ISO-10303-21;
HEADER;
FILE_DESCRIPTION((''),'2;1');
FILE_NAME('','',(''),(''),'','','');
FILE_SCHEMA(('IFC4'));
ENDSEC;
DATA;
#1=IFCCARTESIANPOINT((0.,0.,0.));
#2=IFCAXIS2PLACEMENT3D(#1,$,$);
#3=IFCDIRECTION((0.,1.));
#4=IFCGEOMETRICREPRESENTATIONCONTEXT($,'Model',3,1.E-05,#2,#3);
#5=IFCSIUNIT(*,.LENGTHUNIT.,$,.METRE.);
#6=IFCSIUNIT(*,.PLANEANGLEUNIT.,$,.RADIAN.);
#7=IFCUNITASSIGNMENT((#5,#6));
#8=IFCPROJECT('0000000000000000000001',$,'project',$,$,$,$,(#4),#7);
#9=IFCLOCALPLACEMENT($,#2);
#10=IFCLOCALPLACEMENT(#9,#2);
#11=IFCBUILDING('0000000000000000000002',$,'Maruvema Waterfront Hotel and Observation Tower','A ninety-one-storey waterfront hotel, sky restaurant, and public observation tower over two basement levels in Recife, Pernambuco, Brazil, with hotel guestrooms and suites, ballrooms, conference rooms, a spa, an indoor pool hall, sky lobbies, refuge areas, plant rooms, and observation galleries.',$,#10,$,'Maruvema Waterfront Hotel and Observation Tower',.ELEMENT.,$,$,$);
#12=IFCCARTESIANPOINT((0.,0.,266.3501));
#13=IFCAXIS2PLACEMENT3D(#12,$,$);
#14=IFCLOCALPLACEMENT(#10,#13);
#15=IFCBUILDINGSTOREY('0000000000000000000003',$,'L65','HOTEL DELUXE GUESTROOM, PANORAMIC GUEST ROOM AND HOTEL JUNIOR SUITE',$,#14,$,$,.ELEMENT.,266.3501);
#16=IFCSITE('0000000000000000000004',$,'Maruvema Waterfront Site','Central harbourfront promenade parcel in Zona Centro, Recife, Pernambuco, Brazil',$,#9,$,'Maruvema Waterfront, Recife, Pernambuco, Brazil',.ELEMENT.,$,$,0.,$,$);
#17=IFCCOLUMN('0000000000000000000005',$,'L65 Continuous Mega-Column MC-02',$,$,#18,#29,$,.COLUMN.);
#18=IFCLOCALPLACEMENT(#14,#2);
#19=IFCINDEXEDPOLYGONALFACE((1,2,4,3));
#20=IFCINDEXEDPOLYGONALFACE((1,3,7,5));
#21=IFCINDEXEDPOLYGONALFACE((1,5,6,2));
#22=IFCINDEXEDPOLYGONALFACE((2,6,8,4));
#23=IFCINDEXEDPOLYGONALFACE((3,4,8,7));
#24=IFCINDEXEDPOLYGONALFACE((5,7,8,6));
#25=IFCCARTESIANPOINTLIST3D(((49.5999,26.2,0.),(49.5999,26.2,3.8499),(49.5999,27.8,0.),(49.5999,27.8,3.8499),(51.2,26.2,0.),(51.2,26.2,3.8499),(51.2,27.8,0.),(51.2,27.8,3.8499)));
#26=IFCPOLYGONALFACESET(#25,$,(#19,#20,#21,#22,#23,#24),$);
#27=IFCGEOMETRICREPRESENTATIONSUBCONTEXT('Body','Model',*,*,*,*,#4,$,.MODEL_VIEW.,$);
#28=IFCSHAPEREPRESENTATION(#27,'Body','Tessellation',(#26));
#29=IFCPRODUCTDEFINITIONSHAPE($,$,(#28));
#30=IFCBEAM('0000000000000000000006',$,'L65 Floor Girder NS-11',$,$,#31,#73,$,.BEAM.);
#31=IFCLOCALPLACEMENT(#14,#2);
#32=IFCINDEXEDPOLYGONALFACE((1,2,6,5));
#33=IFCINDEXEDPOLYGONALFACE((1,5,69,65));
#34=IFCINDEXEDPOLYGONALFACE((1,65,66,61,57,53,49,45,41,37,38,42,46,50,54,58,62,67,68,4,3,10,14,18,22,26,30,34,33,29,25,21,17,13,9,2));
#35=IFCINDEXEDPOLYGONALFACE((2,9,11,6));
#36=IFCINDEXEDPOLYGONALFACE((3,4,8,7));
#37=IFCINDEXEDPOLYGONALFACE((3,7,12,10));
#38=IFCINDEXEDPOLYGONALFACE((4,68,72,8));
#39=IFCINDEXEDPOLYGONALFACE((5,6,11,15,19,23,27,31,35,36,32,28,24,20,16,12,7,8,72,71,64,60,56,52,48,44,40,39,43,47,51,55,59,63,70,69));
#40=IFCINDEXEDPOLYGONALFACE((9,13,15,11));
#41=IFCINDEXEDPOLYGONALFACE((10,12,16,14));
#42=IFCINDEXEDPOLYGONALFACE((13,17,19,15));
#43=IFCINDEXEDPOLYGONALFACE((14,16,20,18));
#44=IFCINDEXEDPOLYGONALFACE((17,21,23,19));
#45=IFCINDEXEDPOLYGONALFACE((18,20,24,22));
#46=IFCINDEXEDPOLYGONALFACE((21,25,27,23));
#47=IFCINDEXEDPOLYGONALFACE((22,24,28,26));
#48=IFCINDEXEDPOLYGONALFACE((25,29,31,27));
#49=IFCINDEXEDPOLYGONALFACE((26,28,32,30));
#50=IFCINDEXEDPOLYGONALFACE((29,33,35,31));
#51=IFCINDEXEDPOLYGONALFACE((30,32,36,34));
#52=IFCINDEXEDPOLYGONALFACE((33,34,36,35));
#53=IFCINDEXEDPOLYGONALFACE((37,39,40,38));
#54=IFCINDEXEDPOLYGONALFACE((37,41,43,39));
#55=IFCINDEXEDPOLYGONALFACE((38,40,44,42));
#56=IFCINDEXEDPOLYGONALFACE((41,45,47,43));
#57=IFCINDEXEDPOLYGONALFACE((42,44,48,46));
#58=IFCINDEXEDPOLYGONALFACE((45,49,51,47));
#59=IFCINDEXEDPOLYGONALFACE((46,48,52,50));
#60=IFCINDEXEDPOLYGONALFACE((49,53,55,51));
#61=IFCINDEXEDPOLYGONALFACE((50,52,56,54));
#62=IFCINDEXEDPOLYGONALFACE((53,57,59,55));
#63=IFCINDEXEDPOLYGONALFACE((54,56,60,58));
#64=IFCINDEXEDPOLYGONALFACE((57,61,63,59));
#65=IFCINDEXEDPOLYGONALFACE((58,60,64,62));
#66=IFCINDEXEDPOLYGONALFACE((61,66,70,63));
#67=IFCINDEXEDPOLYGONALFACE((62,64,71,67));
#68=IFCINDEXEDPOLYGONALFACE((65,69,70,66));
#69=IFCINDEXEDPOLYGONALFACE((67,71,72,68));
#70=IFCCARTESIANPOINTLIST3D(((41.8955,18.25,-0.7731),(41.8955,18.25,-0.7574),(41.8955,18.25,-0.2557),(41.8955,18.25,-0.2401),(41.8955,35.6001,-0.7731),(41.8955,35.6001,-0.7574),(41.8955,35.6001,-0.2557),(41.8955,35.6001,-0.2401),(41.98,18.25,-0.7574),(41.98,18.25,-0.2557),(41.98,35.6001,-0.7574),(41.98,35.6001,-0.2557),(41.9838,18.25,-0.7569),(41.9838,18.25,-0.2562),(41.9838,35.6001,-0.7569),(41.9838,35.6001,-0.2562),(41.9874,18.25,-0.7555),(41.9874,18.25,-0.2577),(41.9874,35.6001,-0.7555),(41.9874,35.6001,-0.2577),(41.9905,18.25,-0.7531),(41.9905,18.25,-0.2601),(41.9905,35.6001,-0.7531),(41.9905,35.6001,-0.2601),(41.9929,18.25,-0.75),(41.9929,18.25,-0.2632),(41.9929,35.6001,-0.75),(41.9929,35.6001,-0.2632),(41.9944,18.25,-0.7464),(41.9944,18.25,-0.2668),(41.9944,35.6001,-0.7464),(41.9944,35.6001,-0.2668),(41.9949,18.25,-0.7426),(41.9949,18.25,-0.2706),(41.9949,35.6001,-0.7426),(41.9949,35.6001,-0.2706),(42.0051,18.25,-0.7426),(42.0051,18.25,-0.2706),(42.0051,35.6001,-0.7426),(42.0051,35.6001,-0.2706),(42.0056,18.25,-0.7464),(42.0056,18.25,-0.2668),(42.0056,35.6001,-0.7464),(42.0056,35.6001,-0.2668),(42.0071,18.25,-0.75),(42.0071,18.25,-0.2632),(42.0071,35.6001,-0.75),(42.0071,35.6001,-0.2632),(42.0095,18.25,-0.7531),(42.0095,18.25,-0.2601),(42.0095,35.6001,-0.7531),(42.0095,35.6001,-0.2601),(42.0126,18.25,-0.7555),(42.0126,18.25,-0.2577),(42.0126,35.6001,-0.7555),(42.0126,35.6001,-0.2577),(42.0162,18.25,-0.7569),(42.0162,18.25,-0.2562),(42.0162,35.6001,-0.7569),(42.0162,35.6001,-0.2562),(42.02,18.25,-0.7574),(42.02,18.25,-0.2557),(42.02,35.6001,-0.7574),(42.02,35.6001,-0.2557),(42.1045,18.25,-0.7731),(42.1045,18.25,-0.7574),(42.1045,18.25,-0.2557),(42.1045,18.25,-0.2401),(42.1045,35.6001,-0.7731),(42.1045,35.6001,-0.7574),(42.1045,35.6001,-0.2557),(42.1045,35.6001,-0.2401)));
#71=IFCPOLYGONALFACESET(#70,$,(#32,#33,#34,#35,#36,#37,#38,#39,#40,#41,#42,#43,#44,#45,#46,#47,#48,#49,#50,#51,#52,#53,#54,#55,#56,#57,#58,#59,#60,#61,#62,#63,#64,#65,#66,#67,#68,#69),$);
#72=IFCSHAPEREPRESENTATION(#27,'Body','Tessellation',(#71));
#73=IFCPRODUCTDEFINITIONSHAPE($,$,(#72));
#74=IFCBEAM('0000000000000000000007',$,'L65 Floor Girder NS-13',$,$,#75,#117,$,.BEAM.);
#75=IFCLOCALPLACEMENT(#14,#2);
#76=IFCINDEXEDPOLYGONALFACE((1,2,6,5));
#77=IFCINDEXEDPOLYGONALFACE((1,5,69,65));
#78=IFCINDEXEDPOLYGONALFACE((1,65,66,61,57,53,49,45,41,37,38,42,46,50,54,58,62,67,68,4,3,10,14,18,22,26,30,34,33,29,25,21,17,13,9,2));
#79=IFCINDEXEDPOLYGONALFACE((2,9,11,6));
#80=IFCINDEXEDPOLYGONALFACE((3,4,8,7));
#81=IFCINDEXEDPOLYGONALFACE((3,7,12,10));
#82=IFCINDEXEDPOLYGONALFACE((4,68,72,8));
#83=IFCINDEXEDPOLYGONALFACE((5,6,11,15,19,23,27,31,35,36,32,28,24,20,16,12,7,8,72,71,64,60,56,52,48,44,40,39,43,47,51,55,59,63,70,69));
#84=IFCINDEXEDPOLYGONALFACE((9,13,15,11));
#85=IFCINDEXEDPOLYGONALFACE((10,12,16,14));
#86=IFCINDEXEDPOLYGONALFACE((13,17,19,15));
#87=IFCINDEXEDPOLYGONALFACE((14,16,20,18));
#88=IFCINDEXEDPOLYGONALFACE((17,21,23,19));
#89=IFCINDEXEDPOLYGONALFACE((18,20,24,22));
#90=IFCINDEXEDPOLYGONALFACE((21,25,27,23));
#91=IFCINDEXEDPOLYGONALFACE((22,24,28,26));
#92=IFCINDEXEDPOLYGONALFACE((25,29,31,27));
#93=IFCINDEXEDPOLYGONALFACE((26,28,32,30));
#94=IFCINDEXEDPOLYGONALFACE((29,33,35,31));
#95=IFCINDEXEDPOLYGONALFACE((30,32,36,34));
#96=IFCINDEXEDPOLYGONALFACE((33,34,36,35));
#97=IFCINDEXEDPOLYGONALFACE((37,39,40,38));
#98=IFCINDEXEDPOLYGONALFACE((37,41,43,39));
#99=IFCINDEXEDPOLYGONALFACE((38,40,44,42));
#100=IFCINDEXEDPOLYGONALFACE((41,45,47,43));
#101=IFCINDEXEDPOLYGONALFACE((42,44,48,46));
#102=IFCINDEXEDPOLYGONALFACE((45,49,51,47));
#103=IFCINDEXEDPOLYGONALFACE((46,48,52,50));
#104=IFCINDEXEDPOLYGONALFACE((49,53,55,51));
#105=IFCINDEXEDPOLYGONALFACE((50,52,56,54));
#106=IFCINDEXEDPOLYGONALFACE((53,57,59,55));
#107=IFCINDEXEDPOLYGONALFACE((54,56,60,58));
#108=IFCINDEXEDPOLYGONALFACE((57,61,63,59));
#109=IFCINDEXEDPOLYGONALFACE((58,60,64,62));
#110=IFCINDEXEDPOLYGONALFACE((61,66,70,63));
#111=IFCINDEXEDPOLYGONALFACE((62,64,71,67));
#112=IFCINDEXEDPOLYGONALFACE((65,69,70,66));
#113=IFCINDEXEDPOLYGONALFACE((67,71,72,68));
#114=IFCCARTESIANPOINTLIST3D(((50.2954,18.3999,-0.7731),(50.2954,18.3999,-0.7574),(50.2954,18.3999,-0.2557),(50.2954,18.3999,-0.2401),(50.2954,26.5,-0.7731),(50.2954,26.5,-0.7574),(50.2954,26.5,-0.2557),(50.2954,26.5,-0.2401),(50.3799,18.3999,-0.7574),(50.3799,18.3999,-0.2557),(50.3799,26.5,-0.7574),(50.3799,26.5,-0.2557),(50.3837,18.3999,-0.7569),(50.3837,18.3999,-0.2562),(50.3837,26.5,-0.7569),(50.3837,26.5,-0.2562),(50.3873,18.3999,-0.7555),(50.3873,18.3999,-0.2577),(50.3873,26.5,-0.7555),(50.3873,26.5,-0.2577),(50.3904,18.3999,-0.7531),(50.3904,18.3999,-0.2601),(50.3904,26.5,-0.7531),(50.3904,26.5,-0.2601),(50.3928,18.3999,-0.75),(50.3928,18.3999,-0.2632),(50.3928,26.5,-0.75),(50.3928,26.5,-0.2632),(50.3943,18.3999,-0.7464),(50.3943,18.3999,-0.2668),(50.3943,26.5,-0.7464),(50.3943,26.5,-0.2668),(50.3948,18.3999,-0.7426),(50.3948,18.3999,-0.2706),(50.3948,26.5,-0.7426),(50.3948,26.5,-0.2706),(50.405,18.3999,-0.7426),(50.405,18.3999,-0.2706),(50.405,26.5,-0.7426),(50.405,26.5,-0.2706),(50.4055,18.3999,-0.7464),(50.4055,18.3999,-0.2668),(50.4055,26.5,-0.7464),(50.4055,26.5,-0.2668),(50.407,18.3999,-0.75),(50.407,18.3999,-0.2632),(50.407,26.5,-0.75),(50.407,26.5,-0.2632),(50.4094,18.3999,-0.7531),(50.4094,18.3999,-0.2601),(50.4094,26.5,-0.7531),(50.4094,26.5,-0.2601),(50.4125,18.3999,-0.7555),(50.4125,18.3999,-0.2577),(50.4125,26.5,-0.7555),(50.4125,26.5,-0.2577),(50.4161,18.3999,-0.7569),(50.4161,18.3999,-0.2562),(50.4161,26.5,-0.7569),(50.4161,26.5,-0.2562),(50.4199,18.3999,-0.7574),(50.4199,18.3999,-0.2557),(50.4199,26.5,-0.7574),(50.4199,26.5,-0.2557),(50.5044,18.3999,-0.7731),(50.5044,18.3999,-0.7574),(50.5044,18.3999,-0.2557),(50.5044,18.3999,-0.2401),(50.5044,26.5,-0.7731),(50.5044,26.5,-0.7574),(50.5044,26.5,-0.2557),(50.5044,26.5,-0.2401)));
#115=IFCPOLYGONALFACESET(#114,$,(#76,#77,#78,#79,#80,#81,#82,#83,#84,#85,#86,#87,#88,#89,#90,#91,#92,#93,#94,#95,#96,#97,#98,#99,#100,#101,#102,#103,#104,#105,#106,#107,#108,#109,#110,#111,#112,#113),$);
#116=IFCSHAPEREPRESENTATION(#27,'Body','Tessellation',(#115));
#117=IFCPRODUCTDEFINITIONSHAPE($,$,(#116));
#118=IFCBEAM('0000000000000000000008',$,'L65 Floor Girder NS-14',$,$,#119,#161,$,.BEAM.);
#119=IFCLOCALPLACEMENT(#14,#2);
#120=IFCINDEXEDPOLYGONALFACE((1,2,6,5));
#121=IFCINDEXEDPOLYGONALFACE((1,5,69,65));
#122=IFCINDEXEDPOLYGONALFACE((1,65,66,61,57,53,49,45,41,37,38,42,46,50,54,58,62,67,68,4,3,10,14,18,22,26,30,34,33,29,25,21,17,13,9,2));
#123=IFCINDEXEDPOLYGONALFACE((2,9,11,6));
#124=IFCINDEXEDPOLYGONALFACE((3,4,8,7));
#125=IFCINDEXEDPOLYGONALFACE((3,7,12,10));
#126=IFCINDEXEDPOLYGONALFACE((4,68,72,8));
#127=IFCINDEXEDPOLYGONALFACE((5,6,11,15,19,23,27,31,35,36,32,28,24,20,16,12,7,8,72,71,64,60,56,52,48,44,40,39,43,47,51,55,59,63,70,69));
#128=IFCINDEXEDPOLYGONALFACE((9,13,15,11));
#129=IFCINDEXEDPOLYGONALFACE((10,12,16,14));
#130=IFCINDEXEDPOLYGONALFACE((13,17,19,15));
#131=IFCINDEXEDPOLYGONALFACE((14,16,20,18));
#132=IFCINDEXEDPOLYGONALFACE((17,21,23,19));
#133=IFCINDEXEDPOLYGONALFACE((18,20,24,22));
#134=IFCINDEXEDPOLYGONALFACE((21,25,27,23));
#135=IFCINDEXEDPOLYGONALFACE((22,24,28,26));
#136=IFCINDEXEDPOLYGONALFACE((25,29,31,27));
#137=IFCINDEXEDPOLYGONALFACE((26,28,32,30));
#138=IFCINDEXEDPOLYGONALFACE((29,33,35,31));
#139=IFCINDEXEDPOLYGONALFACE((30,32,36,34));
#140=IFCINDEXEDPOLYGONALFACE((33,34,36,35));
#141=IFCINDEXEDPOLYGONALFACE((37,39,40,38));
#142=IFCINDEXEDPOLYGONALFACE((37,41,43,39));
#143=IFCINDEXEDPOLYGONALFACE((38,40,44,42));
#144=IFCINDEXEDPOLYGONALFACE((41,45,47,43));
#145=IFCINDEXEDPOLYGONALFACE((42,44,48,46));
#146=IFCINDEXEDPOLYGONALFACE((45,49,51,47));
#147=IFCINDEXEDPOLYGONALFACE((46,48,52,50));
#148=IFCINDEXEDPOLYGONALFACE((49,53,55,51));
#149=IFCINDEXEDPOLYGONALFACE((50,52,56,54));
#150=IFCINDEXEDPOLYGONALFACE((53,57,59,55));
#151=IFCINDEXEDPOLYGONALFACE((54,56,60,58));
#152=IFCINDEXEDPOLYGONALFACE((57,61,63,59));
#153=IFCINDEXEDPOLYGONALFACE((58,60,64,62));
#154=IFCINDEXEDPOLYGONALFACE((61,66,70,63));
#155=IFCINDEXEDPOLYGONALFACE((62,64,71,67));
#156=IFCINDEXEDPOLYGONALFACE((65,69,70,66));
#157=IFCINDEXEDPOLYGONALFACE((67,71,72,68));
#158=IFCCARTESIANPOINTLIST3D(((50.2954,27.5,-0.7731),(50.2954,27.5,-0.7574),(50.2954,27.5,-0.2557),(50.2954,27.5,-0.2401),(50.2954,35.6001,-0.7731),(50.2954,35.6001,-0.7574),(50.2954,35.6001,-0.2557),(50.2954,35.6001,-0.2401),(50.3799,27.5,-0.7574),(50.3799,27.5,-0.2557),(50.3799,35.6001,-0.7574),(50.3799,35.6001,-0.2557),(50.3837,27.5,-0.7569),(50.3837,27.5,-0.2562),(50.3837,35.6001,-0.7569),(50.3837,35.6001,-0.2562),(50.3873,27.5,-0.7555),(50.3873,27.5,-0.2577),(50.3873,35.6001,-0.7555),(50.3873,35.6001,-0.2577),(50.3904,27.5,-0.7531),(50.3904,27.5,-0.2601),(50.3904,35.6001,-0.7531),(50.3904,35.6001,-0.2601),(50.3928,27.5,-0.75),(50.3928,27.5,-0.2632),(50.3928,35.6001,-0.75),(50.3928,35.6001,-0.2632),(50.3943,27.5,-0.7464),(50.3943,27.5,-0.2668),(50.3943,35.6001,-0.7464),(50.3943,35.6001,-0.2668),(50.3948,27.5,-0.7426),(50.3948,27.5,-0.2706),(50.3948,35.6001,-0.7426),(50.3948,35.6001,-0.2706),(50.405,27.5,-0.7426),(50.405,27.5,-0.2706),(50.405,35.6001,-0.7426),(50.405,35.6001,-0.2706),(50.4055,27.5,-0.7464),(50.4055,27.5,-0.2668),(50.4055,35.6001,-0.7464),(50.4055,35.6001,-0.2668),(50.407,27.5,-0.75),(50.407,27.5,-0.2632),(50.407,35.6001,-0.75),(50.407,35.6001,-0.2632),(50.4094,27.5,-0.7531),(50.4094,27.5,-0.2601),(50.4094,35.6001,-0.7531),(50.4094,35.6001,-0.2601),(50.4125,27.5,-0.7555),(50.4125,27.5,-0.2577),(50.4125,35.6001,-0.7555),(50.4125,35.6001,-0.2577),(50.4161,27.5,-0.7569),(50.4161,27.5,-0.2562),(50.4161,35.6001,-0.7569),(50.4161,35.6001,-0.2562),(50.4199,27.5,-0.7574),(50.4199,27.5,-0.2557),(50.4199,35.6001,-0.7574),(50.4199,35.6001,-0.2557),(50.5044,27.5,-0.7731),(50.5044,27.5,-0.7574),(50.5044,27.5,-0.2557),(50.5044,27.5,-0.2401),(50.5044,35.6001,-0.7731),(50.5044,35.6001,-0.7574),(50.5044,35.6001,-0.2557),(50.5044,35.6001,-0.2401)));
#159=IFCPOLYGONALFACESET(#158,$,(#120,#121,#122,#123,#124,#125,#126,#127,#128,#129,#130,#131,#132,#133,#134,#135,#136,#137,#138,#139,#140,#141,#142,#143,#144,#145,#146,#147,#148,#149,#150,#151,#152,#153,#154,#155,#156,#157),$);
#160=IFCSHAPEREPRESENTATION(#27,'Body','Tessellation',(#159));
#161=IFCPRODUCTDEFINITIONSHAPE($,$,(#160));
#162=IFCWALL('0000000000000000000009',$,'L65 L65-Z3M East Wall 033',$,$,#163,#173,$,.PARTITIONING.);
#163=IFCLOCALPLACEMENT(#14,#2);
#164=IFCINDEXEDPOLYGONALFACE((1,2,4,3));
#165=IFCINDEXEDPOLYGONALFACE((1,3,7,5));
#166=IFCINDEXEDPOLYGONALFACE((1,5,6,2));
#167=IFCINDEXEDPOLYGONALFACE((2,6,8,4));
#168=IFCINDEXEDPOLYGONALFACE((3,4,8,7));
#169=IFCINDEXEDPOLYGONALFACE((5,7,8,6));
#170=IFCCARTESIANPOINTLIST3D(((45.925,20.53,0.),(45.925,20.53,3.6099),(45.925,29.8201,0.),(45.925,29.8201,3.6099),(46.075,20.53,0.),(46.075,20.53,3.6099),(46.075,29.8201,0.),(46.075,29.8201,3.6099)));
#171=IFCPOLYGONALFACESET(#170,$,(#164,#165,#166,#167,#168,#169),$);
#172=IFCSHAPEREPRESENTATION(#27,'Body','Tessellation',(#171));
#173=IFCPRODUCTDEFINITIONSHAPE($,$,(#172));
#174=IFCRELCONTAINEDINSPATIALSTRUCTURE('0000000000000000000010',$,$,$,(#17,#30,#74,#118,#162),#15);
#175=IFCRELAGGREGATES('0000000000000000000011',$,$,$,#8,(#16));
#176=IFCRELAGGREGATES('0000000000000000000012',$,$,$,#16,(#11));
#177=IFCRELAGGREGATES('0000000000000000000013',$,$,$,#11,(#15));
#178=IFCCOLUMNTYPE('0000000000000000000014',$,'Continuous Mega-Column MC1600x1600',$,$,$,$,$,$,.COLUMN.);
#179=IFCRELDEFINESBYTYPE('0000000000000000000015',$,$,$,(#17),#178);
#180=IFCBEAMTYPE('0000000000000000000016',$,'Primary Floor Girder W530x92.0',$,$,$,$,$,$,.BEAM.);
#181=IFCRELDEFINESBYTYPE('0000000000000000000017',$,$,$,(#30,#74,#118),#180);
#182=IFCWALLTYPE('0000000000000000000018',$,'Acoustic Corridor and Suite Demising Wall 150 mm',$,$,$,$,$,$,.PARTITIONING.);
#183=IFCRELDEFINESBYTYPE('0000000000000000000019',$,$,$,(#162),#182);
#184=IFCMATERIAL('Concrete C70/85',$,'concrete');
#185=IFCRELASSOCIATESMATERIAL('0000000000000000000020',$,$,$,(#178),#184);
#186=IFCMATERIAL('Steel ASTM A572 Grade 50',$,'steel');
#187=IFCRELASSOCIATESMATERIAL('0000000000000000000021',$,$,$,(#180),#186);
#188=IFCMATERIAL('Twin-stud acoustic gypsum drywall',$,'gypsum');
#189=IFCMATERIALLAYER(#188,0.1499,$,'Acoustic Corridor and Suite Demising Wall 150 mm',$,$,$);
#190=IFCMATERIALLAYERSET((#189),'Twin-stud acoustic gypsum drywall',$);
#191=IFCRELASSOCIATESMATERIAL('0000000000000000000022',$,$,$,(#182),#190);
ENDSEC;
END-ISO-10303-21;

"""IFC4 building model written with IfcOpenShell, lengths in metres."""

from ifc_helpers import new_model, si_unit, direction, frame, frame_2d, origin, origin_2d, place, context, subcontext, project, spatial, rectangle, i_section, extrude, material, layer, layer_set, material_profile, profile_set, type_object, element, save


model = new_model("IFC4")

# Units and contexts
model_context = context("Model", 3, precision=1e-05, world=origin(), true_north=direction((0.0, 1.0)))
body_context = subcontext(model_context, "Body", "Model", "MODEL_VIEW")
ifc_project = project(units=[si_unit("LENGTHUNIT", "METRE"), si_unit("PLANEANGLEUNIT", "RADIAN")], contexts=[model_context])

# Site, building, storey
site_placement = place(None, origin())
site = spatial("IfcSite", under=ifc_project, at=site_placement, Name="Maruvema Waterfront Site", Description="Central harbourfront promenade parcel in Zona Centro, Recife, Pernambuco, Brazil", LongName="Maruvema Waterfront, Recife, Pernambuco, Brazil", CompositionType="ELEMENT", RefElevation=0.0)
building_placement = place(site_placement, origin())
building = spatial("IfcBuilding", under=site, at=building_placement, Name="Maruvema Waterfront Hotel and Observation Tower", Description="A ninety-one-storey waterfront hotel, sky restaurant, and public observation tower over two basement levels in Recife, Pernambuco, Brazil, with hotel guestrooms and suites, ballrooms, conference rooms, a spa, an indoor pool hall, sky lobbies, refuge areas, plant rooms, and observation galleries.", LongName="Maruvema Waterfront Hotel and Observation Tower", CompositionType="ELEMENT")
storey_placement = place(building_placement, frame((0.0, 0.0, 266.3501)))
storey = spatial("IfcBuildingStorey", under=building, at=storey_placement, Name="L65", Description="HOTEL DELUXE GUESTROOM, PANORAMIC GUEST ROOM AND HOTEL JUNIOR SUITE", CompositionType="ELEMENT", Elevation=266.3501)

# Column
ifc_material_1 = material(Name="Concrete C70/85", Category="concrete")
ifc_material_profile_1 = material_profile(ifc_material_1, rectangle(XDim=1.6001, YDim=1.6001, at=origin_2d()), Name="MC1600x1600")
ifc_profile_set_1 = profile_set([ifc_material_profile_1], Name="Concrete C70/85")
column_type = type_object("IfcColumnType", Name="Continuous Mega-Column MC1600x1600", PredefinedType="COLUMN", material=ifc_profile_set_1)
column_placement = place(storey_placement, frame((50.3999, 27.0, 0.0), z_axis=(0.0, 0.0, 1.0), x_axis=(1.0, 0.0, 0.0)))
element("IfcColumn", 1, at=column_placement, inside=storey, type_object=column_type, Name="L65 Continuous Mega-Column MC-02", PredefinedType="COLUMN", context=body_context, shape_type="SweptSolid", body=[
    extrude(rectangle(XDim=1.6001, YDim=1.6001, at=origin_2d()), origin(), (0.0, 0.0, 1.0), 3.8499),
])

# Beams
ifc_material_2 = material(Name="Steel ASTM A572 Grade 50", Category="steel")
ifc_material_profile_2 = material_profile(ifc_material_2, i_section(OverallWidth=0.209, OverallDepth=0.533, WebThickness=0.0103, FlangeThickness=0.0156, FilletRadius=0.0149, at=origin_2d()), Name="W530x92.0")
ifc_profile_set_2 = profile_set([ifc_material_profile_2], Name="Steel ASTM A572 Grade 50")
beam_type = type_object("IfcBeamType", Name="Primary Floor Girder W530x92.0", PredefinedType="BEAM", material=ifc_profile_set_2)
beam_placement = place(storey_placement, frame((42.0, 18.25, -0.5066), z_axis=(0.0, 1.0, 0.0), x_axis=(-1.0, 0.0, 0.0)))
element("IfcBeam", 2, at=beam_placement, inside=storey, type_object=beam_type, Name="L65 Floor Girder NS-11", PredefinedType="BEAM", context=body_context, shape_type="SweptSolid", body=[
    extrude(i_section(OverallWidth=0.209, OverallDepth=0.533, WebThickness=0.0103, FlangeThickness=0.0156, FilletRadius=0.0149, at=origin_2d()), origin(), (0.0, 0.0, 1.0), 17.3501),
])
for number, where, z_axis, x_axis, name in (
    (3, (50.3999, 18.3999, -0.5066), (0.0, 1.0, 0.0), (-1.0, 0.0, 0.0), "L65 Floor Girder NS-13"),
    (4, (50.3999, 27.5, -0.5066), (0.0, 1.0, 0.0), (-1.0, 0.0, 0.0), "L65 Floor Girder NS-14"),
):
    element("IfcBeam", number, at=place(storey_placement, frame(where, z_axis=z_axis, x_axis=x_axis)), inside=storey, type_object=beam_type, Name=name, PredefinedType="BEAM", context=body_context, shape_type="SweptSolid", body=[
        extrude(i_section(OverallWidth=0.209, OverallDepth=0.533, WebThickness=0.0103, FlangeThickness=0.0156, FilletRadius=0.0149, at=origin_2d()), origin(), (0.0, 0.0, 1.0), 8.1001),
    ])

# Wall
ifc_material_3 = material(Name="Twin-stud acoustic gypsum drywall", Category="gypsum")
ifc_layer_1 = layer(ifc_material_3, 0.1499, Name="Acoustic Corridor and Suite Demising Wall 150 mm")
ifc_layer_set_1 = layer_set([ifc_layer_1], Name="Twin-stud acoustic gypsum drywall")
wall_type_1 = type_object("IfcWallType", Name="Acoustic Corridor and Suite Demising Wall 150 mm", PredefinedType="PARTITIONING", material=ifc_layer_set_1)
wall_1_placement = place(storey_placement, frame((46.0, 20.53, 0.0), z_axis=(0.0, 0.0, 1.0), x_axis=(0.0, 1.0, 0.0)))
element("IfcWall", 5, at=wall_1_placement, inside=storey, type_object=wall_type_1, Name="L65 L65-Z3M East Wall 033", PredefinedType="PARTITIONING", context=body_context, shape_type="SweptSolid", body=[
    extrude(rectangle(XDim=9.29, YDim=0.1499, at=frame_2d((4.645, 0.0))), origin(), (0.0, 0.0, 1.0), 3.6099),
])

save(model, "model.ifc")
